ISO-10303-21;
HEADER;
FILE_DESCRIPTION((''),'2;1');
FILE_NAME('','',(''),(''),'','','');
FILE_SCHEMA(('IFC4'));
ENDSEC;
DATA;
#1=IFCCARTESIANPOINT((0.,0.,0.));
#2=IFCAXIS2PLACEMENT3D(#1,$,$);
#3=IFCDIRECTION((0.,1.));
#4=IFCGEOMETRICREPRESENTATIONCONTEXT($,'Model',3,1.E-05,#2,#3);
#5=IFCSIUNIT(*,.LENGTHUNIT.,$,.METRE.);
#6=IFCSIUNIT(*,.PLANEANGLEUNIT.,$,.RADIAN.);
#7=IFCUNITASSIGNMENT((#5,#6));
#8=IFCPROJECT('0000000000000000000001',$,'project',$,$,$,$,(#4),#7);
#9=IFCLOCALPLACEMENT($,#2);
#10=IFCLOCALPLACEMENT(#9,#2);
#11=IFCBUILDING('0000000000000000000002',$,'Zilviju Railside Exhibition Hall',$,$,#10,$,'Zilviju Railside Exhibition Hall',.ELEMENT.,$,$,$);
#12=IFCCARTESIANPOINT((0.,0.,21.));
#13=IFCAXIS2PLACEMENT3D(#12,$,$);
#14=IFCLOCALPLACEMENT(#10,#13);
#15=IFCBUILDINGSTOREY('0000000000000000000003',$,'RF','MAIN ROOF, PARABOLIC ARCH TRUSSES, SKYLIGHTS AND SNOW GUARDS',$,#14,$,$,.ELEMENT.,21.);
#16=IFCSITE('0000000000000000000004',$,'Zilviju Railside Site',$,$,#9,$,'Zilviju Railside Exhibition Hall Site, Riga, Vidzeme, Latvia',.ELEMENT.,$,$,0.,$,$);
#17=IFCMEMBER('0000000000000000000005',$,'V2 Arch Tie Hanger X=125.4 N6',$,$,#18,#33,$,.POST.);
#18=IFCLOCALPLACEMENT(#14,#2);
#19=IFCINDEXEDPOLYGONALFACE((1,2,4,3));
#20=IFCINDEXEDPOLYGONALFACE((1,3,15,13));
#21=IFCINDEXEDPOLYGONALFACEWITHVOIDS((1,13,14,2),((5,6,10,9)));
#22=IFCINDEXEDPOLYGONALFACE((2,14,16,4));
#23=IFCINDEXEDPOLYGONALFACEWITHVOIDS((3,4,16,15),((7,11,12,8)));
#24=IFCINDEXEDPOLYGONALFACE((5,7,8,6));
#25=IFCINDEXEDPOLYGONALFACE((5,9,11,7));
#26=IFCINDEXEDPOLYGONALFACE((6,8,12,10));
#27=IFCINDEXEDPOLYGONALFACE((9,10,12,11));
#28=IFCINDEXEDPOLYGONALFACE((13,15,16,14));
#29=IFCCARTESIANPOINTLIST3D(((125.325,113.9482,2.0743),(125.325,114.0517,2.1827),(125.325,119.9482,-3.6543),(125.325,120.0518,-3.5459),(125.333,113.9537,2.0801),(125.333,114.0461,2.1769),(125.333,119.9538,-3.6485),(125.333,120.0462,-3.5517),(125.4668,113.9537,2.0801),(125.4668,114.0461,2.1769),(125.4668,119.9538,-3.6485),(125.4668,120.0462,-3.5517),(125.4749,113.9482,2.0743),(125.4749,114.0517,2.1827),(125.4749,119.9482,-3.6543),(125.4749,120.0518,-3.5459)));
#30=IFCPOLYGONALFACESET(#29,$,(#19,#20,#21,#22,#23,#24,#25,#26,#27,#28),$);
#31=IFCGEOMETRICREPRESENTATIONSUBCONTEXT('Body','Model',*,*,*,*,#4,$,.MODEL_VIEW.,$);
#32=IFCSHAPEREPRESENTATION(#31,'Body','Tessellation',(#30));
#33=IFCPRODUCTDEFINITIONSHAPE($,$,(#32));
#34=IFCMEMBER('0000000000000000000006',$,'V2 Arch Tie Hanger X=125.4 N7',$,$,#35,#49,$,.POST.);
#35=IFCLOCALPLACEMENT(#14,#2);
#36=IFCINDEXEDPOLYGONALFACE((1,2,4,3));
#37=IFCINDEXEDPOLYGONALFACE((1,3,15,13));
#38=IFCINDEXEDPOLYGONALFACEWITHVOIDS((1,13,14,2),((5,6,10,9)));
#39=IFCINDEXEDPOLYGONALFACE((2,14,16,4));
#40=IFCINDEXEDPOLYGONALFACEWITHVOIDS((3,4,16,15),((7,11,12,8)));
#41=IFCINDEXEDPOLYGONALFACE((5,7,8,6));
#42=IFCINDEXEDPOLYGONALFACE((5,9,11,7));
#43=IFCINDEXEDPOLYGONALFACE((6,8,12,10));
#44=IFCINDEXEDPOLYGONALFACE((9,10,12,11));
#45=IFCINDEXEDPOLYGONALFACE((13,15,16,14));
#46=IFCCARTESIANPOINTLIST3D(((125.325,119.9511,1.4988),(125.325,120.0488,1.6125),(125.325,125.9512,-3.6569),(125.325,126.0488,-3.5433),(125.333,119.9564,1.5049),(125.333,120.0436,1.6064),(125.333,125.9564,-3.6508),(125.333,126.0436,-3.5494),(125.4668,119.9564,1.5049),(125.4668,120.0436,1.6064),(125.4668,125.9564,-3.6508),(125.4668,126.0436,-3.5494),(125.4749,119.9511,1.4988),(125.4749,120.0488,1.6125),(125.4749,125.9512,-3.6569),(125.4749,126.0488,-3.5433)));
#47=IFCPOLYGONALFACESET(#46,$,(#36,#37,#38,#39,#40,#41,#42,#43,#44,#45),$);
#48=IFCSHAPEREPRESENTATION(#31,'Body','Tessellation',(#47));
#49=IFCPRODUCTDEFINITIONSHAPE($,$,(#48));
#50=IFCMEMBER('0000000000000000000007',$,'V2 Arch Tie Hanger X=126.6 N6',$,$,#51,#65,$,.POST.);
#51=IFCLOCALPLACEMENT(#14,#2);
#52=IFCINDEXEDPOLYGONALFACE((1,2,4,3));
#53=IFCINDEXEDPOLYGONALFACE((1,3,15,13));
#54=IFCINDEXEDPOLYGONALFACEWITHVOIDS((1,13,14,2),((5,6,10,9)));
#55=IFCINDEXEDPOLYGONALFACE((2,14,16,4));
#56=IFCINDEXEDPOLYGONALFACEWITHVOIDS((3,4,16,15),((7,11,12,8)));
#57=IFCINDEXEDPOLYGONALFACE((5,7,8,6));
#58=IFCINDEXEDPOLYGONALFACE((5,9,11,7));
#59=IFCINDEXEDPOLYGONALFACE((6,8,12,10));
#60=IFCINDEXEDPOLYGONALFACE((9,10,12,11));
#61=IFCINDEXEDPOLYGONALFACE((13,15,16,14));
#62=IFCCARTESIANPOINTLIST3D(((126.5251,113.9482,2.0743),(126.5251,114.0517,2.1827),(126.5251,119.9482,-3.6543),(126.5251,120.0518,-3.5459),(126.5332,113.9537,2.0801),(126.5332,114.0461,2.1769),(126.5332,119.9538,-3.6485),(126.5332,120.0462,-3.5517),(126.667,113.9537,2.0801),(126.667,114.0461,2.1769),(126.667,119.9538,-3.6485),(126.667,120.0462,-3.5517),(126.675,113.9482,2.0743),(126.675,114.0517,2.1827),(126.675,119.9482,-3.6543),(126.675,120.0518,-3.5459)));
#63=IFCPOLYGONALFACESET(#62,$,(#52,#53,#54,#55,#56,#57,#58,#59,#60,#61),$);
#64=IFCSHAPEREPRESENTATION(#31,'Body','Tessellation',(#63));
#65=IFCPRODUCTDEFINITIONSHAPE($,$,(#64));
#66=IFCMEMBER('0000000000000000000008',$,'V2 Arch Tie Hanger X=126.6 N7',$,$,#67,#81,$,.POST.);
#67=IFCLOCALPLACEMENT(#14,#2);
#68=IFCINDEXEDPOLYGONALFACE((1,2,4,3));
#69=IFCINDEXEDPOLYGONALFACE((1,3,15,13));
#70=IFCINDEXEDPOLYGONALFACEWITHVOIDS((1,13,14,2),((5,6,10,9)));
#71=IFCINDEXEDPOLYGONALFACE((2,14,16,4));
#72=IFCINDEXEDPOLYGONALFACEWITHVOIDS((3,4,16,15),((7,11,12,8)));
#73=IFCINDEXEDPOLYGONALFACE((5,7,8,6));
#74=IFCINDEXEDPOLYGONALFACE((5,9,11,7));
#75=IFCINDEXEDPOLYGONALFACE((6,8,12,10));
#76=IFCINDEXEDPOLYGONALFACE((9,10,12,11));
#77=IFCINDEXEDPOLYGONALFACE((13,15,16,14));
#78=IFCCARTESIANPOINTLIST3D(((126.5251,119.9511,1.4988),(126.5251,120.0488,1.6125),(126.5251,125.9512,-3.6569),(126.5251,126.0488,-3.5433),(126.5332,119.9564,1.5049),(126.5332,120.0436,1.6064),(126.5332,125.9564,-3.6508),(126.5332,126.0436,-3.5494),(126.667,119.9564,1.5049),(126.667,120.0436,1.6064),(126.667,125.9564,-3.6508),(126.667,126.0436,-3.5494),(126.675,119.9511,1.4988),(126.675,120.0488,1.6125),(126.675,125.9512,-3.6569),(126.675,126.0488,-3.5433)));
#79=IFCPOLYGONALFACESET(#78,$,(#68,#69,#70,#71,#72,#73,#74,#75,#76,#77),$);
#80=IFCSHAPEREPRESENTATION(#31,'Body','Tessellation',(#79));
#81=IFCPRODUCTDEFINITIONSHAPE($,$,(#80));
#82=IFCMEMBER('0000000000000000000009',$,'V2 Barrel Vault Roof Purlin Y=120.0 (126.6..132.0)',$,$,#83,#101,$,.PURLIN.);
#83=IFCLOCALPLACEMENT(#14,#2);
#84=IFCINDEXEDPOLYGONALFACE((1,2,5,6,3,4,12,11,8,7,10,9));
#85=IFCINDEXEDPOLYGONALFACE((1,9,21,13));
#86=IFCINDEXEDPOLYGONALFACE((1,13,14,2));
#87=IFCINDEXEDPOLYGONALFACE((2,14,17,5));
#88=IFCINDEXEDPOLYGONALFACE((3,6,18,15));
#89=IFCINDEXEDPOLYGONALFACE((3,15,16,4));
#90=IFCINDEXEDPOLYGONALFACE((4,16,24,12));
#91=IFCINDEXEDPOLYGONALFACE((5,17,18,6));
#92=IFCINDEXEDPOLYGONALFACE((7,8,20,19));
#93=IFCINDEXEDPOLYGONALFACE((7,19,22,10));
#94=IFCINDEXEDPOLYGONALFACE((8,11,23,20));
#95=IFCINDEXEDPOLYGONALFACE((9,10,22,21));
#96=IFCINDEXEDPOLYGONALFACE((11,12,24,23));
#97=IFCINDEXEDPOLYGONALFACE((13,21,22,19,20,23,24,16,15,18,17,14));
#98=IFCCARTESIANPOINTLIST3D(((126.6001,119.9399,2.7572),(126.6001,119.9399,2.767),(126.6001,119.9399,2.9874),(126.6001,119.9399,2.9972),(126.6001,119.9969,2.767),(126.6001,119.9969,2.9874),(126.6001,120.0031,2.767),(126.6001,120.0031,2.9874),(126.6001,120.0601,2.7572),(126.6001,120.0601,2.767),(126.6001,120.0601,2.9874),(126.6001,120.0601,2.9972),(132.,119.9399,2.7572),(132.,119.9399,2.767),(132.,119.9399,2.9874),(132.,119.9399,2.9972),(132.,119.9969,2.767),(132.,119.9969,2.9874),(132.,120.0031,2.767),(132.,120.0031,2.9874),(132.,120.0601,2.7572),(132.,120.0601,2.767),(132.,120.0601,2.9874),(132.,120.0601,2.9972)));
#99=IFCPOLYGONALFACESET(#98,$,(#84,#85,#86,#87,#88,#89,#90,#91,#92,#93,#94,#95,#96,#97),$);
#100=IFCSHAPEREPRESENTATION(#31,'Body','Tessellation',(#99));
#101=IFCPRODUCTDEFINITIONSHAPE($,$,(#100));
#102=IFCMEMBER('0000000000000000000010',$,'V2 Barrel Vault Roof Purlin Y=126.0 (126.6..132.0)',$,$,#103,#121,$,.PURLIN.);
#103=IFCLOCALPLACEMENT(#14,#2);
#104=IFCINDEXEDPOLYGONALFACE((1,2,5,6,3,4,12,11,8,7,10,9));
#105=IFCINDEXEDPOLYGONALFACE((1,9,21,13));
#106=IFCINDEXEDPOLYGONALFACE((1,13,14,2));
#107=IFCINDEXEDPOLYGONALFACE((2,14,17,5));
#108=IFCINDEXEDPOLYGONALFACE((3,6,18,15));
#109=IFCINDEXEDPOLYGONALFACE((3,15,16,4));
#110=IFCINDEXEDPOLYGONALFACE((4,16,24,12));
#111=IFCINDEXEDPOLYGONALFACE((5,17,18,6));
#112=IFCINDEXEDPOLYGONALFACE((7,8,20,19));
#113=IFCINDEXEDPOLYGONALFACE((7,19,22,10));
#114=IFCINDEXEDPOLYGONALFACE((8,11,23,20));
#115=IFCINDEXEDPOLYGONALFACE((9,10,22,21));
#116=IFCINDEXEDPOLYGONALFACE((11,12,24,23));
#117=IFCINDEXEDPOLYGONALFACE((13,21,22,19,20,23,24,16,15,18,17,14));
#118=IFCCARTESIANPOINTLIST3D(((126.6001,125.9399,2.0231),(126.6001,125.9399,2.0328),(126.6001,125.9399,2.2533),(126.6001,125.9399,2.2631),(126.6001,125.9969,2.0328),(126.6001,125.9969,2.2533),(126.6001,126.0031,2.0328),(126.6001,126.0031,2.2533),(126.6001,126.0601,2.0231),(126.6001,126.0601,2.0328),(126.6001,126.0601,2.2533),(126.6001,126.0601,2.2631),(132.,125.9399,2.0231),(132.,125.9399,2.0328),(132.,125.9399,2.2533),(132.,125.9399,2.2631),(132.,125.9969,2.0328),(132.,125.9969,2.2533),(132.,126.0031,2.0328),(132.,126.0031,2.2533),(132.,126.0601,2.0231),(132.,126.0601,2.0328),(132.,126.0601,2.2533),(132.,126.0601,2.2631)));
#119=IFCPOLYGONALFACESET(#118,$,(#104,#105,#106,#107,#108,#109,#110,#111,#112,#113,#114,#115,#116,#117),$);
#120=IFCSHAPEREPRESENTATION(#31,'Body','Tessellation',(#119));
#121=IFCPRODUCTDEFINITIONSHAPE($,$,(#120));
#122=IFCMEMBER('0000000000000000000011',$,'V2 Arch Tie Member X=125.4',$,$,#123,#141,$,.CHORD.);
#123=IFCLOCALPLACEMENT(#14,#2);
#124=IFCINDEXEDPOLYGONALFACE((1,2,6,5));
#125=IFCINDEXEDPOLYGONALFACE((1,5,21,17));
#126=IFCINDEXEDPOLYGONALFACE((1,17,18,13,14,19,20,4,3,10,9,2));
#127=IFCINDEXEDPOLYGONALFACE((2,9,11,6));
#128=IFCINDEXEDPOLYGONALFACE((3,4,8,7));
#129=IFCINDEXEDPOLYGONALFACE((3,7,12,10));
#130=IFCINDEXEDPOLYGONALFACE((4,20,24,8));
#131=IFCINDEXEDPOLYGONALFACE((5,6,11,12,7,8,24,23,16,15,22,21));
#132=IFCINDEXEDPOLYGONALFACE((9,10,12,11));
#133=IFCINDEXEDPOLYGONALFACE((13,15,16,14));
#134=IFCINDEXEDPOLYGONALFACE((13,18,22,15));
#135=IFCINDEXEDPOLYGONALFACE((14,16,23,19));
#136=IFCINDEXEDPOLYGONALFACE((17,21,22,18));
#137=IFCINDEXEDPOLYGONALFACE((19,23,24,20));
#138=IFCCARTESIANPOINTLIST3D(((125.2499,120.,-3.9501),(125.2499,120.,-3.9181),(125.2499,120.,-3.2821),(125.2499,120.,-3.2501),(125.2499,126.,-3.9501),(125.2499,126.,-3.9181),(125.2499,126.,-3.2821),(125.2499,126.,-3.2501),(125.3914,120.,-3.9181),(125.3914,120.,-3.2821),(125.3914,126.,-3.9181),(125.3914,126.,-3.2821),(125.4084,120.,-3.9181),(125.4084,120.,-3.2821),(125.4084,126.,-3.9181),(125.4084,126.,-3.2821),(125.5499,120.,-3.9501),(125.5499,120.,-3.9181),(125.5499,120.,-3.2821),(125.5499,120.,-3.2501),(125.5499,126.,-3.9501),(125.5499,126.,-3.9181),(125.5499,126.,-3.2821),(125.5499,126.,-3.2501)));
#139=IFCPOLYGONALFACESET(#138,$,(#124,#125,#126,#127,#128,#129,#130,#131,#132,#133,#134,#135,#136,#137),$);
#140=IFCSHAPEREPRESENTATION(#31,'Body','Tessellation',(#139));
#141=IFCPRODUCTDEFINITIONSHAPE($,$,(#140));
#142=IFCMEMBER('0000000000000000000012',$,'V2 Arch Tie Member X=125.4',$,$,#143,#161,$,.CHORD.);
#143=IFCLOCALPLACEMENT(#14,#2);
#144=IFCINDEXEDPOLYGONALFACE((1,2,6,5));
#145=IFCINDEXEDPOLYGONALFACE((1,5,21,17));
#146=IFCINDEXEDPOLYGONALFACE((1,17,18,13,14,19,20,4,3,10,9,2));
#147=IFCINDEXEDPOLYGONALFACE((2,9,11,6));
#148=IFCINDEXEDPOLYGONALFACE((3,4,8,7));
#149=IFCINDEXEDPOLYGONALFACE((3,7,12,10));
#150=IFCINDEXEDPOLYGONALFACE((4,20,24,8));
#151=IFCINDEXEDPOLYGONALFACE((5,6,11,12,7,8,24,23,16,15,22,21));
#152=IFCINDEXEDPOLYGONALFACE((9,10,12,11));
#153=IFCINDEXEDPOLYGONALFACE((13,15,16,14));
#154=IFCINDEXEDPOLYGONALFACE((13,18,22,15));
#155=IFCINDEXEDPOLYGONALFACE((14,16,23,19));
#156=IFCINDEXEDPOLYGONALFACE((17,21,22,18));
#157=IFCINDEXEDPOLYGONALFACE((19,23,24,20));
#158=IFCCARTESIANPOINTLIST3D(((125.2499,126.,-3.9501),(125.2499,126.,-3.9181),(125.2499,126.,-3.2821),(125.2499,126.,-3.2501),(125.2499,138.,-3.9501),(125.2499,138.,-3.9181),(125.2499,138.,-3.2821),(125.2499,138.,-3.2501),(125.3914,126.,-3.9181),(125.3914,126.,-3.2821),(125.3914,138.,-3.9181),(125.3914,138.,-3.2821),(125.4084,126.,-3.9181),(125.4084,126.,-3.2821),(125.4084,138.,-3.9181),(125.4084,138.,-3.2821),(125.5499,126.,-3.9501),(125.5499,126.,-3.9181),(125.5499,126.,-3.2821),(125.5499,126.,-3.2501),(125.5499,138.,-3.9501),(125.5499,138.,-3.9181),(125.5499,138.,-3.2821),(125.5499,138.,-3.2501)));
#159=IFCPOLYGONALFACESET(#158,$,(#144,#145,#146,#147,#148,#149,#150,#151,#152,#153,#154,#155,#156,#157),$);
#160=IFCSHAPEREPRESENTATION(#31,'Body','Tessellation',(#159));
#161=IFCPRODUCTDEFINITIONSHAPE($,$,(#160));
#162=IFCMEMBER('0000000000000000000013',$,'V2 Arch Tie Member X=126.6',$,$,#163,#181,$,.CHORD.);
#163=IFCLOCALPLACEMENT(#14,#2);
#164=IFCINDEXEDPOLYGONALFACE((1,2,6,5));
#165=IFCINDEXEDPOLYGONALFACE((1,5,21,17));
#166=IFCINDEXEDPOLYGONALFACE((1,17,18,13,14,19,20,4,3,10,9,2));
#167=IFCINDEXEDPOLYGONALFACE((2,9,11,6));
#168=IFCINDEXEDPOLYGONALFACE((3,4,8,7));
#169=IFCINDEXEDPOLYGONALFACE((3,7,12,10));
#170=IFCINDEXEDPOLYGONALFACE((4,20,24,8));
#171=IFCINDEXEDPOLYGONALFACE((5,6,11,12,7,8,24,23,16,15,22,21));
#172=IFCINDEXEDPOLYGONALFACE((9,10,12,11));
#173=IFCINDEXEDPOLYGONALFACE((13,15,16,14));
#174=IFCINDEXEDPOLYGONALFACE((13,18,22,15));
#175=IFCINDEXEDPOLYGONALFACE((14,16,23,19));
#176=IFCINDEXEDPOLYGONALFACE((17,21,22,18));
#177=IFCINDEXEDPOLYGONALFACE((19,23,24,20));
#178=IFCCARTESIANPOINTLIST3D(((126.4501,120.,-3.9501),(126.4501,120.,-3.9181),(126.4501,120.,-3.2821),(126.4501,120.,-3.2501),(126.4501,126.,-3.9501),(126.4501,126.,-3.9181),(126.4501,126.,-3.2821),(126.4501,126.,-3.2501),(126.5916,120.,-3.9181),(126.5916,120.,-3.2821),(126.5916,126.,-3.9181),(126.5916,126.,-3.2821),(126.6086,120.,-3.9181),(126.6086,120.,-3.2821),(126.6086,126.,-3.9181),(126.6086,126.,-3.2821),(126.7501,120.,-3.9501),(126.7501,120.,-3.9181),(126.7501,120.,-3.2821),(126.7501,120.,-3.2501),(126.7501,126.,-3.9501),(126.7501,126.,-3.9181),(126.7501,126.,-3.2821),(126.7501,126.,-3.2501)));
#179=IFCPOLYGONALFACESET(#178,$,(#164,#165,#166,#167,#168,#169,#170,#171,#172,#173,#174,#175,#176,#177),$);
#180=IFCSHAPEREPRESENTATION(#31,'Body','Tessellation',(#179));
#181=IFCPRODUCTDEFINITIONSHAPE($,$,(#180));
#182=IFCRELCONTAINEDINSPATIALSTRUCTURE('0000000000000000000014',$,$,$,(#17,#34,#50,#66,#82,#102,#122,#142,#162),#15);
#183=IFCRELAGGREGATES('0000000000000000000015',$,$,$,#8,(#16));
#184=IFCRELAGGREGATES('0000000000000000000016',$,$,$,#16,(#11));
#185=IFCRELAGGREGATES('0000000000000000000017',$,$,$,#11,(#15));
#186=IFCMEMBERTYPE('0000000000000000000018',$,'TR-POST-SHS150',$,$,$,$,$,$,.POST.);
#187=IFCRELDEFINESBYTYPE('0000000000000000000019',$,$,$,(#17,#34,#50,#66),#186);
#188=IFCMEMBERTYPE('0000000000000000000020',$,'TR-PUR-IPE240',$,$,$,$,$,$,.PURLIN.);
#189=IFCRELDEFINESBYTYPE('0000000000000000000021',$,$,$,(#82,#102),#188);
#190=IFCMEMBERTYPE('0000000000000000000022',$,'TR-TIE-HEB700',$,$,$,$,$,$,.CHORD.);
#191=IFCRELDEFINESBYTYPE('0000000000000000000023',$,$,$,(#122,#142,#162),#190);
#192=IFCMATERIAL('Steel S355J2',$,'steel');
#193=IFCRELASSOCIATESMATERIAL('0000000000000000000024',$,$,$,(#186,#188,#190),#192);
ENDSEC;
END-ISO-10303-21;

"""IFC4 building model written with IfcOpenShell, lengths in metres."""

from ifc_helpers import new_model, si_unit, direction, frame, origin, origin_2d, place, context, subcontext, project, spatial, hollow_rectangle, i_section, extrude, material, material_profile, profile_set, type_object, element, save


model = new_model("IFC4")

# Units and contexts
model_context = context("Model", 3, precision=1e-05, world=origin(), true_north=direction((0.0, 1.0)))
body_context = subcontext(model_context, "Body", "Model", "MODEL_VIEW")
ifc_project = project(units=[si_unit("LENGTHUNIT", "METRE"), si_unit("PLANEANGLEUNIT", "RADIAN")], contexts=[model_context])

# Site, building, storey
site_placement = place(None, origin())
site = spatial("IfcSite", under=ifc_project, at=site_placement, Name="Zilviju Railside Site", LongName="Zilviju Railside Exhibition Hall Site, Riga, Vidzeme, Latvia", CompositionType="ELEMENT", RefElevation=0.0)
building_placement = place(site_placement, origin())
building = spatial("IfcBuilding", under=site, at=building_placement, Name="Zilviju Railside Exhibition Hall", LongName="Zilviju Railside Exhibition Hall", CompositionType="ELEMENT")
storey_placement = place(building_placement, frame((0.0, 0.0, 21.0)))
storey = spatial("IfcBuildingStorey", under=building, at=storey_placement, Name="RF", Description="MAIN ROOF, PARABOLIC ARCH TRUSSES, SKYLIGHTS AND SNOW GUARDS", CompositionType="ELEMENT", Elevation=21.0)

# Members
ifc_material_1 = material(Name="Steel S355J2", Category="steel")
ifc_material_profile_1 = material_profile(ifc_material_1, hollow_rectangle(XDim=0.1499, YDim=0.1499, WallThickness=0.0081, at=origin_2d()), Name="SHS 150x150x8.0")
ifc_profile_set_1 = profile_set([ifc_material_profile_1], Name="Steel S355J2")
member_type_1 = type_object("IfcMemberType", Name="TR-POST-SHS150", PredefinedType="POST", material=ifc_profile_set_1)
member_1_placement = place(storey_placement, frame((125.3999, 120.0, -3.6001), z_axis=(0.0, -0.723281, 0.690554), x_axis=(1.0, 0.0, 0.0)))
element("IfcMember", 1, at=member_1_placement, inside=storey, type_object=member_type_1, Name="V2 Arch Tie Hanger X=125.4 N6", PredefinedType="POST", context=body_context, shape_type="SweptSolid", body=[
    extrude(hollow_rectangle(XDim=0.1499, YDim=0.1499, WallThickness=0.0081, at=origin_2d()), origin(), (0.0, 0.0, 1.0), 8.2957),
])
member_2_placement = place(storey_placement, frame((125.3999, 126.0, -3.6001), z_axis=(0.0, -0.75845, 0.651731), x_axis=(1.0, 0.0, 0.0)))
element("IfcMember", 2, at=member_2_placement, inside=storey, type_object=member_type_1, Name="V2 Arch Tie Hanger X=125.4 N7", PredefinedType="POST", context=body_context, shape_type="SweptSolid", body=[
    extrude(hollow_rectangle(XDim=0.1499, YDim=0.1499, WallThickness=0.0081, at=origin_2d()), origin(), (0.0, 0.0, 1.0), 7.9109),
])
member_3_placement = place(storey_placement, frame((126.6001, 120.0, -3.6001), z_axis=(0.0, -0.723281, 0.690554), x_axis=(1.0, 0.0, 0.0)))
element("IfcMember", 3, at=member_3_placement, inside=storey, type_object=member_type_1, Name="V2 Arch Tie Hanger X=126.6 N6", PredefinedType="POST", context=body_context, shape_type="SweptSolid", body=[
    extrude(hollow_rectangle(XDim=0.1499, YDim=0.1499, WallThickness=0.0081, at=origin_2d()), origin(), (0.0, 0.0, 1.0), 8.2957),
])
member_4_placement = place(storey_placement, frame((126.6001, 126.0, -3.6001), z_axis=(0.0, -0.75845, 0.651731), x_axis=(1.0, 0.0, 0.0)))
element("IfcMember", 4, at=member_4_placement, inside=storey, type_object=member_type_1, Name="V2 Arch Tie Hanger X=126.6 N7", PredefinedType="POST", context=body_context, shape_type="SweptSolid", body=[
    extrude(hollow_rectangle(XDim=0.1499, YDim=0.1499, WallThickness=0.0081, at=origin_2d()), origin(), (0.0, 0.0, 1.0), 7.9109),
])
ifc_material_profile_2 = material_profile(ifc_material_1, i_section(OverallWidth=0.1201, OverallDepth=0.24, WebThickness=0.0061, FlangeThickness=0.0098, at=origin_2d()), Name="IPE 240")
ifc_profile_set_2 = profile_set([ifc_material_profile_2], Name="Steel S355J2")
member_type_2 = type_object("IfcMemberType", Name="TR-PUR-IPE240", PredefinedType="PURLIN", material=ifc_profile_set_2)
for number, where, z_axis, x_axis, name in (
    (5, (126.6001, 120.0, 2.8772), (1.0, 0.0, 0.0), (0.0, 1.0, 0.0), "V2 Barrel Vault Roof Purlin Y=120.0 (126.6..132.0)"),
    (6, (126.6001, 126.0, 2.1431), (1.0, 0.0, 0.0), (0.0, 1.0, 0.0), "V2 Barrel Vault Roof Purlin Y=126.0 (126.6..132.0)"),
):
    element("IfcMember", number, at=place(storey_placement, frame(where, z_axis=z_axis, x_axis=x_axis)), inside=storey, type_object=member_type_2, Name=name, PredefinedType="PURLIN", context=body_context, shape_type="SweptSolid", body=[
        extrude(i_section(OverallWidth=0.1201, OverallDepth=0.24, WebThickness=0.0061, FlangeThickness=0.0098, at=origin_2d()), origin(), (0.0, 0.0, 1.0), 5.3999),
    ])
ifc_material_profile_3 = material_profile(ifc_material_1, i_section(OverallWidth=0.3, OverallDepth=0.7, WebThickness=0.0171, FlangeThickness=0.032, at=origin_2d()), Name="HEB 700")
ifc_profile_set_3 = profile_set([ifc_material_profile_3], Name="Steel S355J2")
member_type_3 = type_object("IfcMemberType", Name="TR-TIE-HEB700", PredefinedType="CHORD", material=ifc_profile_set_3)
member_5_placement = place(storey_placement, frame((125.3999, 120.0, -3.6001), z_axis=(0.0, 1.0, 0.0), x_axis=(-1.0, 0.0, 0.0)))
element("IfcMember", 7, at=member_5_placement, inside=storey, type_object=member_type_3, Name="V2 Arch Tie Member X=125.4", PredefinedType="CHORD", context=body_context, shape_type="SweptSolid", body=[
    extrude(i_section(OverallWidth=0.3, OverallDepth=0.7, WebThickness=0.0171, FlangeThickness=0.032, at=origin_2d()), origin(), (0.0, 0.0, 1.0), 6.0),
])
member_6_placement = place(storey_placement, frame((125.3999, 126.0, -3.6001), z_axis=(0.0, 1.0, 0.0), x_axis=(-1.0, 0.0, 0.0)))
element("IfcMember", 8, at=member_6_placement, inside=storey, type_object=member_type_3, Name="V2 Arch Tie Member X=125.4", PredefinedType="CHORD", context=body_context, shape_type="SweptSolid", body=[
    extrude(i_section(OverallWidth=0.3, OverallDepth=0.7, WebThickness=0.0171, FlangeThickness=0.032, at=origin_2d()), origin(), (0.0, 0.0, 1.0), 12.0),
])
member_7_placement = place(storey_placement, frame((126.6001, 120.0, -3.6001), z_axis=(0.0, 1.0, 0.0), x_axis=(-1.0, 0.0, 0.0)))
element("IfcMember", 9, at=member_7_placement, inside=storey, type_object=member_type_3, Name="V2 Arch Tie Member X=126.6", PredefinedType="CHORD", context=body_context, shape_type="SweptSolid", body=[
    extrude(i_section(OverallWidth=0.3, OverallDepth=0.7, WebThickness=0.0171, FlangeThickness=0.032, at=origin_2d()), origin(), (0.0, 0.0, 1.0), 6.0),
])

save(model, "model.ifc")
